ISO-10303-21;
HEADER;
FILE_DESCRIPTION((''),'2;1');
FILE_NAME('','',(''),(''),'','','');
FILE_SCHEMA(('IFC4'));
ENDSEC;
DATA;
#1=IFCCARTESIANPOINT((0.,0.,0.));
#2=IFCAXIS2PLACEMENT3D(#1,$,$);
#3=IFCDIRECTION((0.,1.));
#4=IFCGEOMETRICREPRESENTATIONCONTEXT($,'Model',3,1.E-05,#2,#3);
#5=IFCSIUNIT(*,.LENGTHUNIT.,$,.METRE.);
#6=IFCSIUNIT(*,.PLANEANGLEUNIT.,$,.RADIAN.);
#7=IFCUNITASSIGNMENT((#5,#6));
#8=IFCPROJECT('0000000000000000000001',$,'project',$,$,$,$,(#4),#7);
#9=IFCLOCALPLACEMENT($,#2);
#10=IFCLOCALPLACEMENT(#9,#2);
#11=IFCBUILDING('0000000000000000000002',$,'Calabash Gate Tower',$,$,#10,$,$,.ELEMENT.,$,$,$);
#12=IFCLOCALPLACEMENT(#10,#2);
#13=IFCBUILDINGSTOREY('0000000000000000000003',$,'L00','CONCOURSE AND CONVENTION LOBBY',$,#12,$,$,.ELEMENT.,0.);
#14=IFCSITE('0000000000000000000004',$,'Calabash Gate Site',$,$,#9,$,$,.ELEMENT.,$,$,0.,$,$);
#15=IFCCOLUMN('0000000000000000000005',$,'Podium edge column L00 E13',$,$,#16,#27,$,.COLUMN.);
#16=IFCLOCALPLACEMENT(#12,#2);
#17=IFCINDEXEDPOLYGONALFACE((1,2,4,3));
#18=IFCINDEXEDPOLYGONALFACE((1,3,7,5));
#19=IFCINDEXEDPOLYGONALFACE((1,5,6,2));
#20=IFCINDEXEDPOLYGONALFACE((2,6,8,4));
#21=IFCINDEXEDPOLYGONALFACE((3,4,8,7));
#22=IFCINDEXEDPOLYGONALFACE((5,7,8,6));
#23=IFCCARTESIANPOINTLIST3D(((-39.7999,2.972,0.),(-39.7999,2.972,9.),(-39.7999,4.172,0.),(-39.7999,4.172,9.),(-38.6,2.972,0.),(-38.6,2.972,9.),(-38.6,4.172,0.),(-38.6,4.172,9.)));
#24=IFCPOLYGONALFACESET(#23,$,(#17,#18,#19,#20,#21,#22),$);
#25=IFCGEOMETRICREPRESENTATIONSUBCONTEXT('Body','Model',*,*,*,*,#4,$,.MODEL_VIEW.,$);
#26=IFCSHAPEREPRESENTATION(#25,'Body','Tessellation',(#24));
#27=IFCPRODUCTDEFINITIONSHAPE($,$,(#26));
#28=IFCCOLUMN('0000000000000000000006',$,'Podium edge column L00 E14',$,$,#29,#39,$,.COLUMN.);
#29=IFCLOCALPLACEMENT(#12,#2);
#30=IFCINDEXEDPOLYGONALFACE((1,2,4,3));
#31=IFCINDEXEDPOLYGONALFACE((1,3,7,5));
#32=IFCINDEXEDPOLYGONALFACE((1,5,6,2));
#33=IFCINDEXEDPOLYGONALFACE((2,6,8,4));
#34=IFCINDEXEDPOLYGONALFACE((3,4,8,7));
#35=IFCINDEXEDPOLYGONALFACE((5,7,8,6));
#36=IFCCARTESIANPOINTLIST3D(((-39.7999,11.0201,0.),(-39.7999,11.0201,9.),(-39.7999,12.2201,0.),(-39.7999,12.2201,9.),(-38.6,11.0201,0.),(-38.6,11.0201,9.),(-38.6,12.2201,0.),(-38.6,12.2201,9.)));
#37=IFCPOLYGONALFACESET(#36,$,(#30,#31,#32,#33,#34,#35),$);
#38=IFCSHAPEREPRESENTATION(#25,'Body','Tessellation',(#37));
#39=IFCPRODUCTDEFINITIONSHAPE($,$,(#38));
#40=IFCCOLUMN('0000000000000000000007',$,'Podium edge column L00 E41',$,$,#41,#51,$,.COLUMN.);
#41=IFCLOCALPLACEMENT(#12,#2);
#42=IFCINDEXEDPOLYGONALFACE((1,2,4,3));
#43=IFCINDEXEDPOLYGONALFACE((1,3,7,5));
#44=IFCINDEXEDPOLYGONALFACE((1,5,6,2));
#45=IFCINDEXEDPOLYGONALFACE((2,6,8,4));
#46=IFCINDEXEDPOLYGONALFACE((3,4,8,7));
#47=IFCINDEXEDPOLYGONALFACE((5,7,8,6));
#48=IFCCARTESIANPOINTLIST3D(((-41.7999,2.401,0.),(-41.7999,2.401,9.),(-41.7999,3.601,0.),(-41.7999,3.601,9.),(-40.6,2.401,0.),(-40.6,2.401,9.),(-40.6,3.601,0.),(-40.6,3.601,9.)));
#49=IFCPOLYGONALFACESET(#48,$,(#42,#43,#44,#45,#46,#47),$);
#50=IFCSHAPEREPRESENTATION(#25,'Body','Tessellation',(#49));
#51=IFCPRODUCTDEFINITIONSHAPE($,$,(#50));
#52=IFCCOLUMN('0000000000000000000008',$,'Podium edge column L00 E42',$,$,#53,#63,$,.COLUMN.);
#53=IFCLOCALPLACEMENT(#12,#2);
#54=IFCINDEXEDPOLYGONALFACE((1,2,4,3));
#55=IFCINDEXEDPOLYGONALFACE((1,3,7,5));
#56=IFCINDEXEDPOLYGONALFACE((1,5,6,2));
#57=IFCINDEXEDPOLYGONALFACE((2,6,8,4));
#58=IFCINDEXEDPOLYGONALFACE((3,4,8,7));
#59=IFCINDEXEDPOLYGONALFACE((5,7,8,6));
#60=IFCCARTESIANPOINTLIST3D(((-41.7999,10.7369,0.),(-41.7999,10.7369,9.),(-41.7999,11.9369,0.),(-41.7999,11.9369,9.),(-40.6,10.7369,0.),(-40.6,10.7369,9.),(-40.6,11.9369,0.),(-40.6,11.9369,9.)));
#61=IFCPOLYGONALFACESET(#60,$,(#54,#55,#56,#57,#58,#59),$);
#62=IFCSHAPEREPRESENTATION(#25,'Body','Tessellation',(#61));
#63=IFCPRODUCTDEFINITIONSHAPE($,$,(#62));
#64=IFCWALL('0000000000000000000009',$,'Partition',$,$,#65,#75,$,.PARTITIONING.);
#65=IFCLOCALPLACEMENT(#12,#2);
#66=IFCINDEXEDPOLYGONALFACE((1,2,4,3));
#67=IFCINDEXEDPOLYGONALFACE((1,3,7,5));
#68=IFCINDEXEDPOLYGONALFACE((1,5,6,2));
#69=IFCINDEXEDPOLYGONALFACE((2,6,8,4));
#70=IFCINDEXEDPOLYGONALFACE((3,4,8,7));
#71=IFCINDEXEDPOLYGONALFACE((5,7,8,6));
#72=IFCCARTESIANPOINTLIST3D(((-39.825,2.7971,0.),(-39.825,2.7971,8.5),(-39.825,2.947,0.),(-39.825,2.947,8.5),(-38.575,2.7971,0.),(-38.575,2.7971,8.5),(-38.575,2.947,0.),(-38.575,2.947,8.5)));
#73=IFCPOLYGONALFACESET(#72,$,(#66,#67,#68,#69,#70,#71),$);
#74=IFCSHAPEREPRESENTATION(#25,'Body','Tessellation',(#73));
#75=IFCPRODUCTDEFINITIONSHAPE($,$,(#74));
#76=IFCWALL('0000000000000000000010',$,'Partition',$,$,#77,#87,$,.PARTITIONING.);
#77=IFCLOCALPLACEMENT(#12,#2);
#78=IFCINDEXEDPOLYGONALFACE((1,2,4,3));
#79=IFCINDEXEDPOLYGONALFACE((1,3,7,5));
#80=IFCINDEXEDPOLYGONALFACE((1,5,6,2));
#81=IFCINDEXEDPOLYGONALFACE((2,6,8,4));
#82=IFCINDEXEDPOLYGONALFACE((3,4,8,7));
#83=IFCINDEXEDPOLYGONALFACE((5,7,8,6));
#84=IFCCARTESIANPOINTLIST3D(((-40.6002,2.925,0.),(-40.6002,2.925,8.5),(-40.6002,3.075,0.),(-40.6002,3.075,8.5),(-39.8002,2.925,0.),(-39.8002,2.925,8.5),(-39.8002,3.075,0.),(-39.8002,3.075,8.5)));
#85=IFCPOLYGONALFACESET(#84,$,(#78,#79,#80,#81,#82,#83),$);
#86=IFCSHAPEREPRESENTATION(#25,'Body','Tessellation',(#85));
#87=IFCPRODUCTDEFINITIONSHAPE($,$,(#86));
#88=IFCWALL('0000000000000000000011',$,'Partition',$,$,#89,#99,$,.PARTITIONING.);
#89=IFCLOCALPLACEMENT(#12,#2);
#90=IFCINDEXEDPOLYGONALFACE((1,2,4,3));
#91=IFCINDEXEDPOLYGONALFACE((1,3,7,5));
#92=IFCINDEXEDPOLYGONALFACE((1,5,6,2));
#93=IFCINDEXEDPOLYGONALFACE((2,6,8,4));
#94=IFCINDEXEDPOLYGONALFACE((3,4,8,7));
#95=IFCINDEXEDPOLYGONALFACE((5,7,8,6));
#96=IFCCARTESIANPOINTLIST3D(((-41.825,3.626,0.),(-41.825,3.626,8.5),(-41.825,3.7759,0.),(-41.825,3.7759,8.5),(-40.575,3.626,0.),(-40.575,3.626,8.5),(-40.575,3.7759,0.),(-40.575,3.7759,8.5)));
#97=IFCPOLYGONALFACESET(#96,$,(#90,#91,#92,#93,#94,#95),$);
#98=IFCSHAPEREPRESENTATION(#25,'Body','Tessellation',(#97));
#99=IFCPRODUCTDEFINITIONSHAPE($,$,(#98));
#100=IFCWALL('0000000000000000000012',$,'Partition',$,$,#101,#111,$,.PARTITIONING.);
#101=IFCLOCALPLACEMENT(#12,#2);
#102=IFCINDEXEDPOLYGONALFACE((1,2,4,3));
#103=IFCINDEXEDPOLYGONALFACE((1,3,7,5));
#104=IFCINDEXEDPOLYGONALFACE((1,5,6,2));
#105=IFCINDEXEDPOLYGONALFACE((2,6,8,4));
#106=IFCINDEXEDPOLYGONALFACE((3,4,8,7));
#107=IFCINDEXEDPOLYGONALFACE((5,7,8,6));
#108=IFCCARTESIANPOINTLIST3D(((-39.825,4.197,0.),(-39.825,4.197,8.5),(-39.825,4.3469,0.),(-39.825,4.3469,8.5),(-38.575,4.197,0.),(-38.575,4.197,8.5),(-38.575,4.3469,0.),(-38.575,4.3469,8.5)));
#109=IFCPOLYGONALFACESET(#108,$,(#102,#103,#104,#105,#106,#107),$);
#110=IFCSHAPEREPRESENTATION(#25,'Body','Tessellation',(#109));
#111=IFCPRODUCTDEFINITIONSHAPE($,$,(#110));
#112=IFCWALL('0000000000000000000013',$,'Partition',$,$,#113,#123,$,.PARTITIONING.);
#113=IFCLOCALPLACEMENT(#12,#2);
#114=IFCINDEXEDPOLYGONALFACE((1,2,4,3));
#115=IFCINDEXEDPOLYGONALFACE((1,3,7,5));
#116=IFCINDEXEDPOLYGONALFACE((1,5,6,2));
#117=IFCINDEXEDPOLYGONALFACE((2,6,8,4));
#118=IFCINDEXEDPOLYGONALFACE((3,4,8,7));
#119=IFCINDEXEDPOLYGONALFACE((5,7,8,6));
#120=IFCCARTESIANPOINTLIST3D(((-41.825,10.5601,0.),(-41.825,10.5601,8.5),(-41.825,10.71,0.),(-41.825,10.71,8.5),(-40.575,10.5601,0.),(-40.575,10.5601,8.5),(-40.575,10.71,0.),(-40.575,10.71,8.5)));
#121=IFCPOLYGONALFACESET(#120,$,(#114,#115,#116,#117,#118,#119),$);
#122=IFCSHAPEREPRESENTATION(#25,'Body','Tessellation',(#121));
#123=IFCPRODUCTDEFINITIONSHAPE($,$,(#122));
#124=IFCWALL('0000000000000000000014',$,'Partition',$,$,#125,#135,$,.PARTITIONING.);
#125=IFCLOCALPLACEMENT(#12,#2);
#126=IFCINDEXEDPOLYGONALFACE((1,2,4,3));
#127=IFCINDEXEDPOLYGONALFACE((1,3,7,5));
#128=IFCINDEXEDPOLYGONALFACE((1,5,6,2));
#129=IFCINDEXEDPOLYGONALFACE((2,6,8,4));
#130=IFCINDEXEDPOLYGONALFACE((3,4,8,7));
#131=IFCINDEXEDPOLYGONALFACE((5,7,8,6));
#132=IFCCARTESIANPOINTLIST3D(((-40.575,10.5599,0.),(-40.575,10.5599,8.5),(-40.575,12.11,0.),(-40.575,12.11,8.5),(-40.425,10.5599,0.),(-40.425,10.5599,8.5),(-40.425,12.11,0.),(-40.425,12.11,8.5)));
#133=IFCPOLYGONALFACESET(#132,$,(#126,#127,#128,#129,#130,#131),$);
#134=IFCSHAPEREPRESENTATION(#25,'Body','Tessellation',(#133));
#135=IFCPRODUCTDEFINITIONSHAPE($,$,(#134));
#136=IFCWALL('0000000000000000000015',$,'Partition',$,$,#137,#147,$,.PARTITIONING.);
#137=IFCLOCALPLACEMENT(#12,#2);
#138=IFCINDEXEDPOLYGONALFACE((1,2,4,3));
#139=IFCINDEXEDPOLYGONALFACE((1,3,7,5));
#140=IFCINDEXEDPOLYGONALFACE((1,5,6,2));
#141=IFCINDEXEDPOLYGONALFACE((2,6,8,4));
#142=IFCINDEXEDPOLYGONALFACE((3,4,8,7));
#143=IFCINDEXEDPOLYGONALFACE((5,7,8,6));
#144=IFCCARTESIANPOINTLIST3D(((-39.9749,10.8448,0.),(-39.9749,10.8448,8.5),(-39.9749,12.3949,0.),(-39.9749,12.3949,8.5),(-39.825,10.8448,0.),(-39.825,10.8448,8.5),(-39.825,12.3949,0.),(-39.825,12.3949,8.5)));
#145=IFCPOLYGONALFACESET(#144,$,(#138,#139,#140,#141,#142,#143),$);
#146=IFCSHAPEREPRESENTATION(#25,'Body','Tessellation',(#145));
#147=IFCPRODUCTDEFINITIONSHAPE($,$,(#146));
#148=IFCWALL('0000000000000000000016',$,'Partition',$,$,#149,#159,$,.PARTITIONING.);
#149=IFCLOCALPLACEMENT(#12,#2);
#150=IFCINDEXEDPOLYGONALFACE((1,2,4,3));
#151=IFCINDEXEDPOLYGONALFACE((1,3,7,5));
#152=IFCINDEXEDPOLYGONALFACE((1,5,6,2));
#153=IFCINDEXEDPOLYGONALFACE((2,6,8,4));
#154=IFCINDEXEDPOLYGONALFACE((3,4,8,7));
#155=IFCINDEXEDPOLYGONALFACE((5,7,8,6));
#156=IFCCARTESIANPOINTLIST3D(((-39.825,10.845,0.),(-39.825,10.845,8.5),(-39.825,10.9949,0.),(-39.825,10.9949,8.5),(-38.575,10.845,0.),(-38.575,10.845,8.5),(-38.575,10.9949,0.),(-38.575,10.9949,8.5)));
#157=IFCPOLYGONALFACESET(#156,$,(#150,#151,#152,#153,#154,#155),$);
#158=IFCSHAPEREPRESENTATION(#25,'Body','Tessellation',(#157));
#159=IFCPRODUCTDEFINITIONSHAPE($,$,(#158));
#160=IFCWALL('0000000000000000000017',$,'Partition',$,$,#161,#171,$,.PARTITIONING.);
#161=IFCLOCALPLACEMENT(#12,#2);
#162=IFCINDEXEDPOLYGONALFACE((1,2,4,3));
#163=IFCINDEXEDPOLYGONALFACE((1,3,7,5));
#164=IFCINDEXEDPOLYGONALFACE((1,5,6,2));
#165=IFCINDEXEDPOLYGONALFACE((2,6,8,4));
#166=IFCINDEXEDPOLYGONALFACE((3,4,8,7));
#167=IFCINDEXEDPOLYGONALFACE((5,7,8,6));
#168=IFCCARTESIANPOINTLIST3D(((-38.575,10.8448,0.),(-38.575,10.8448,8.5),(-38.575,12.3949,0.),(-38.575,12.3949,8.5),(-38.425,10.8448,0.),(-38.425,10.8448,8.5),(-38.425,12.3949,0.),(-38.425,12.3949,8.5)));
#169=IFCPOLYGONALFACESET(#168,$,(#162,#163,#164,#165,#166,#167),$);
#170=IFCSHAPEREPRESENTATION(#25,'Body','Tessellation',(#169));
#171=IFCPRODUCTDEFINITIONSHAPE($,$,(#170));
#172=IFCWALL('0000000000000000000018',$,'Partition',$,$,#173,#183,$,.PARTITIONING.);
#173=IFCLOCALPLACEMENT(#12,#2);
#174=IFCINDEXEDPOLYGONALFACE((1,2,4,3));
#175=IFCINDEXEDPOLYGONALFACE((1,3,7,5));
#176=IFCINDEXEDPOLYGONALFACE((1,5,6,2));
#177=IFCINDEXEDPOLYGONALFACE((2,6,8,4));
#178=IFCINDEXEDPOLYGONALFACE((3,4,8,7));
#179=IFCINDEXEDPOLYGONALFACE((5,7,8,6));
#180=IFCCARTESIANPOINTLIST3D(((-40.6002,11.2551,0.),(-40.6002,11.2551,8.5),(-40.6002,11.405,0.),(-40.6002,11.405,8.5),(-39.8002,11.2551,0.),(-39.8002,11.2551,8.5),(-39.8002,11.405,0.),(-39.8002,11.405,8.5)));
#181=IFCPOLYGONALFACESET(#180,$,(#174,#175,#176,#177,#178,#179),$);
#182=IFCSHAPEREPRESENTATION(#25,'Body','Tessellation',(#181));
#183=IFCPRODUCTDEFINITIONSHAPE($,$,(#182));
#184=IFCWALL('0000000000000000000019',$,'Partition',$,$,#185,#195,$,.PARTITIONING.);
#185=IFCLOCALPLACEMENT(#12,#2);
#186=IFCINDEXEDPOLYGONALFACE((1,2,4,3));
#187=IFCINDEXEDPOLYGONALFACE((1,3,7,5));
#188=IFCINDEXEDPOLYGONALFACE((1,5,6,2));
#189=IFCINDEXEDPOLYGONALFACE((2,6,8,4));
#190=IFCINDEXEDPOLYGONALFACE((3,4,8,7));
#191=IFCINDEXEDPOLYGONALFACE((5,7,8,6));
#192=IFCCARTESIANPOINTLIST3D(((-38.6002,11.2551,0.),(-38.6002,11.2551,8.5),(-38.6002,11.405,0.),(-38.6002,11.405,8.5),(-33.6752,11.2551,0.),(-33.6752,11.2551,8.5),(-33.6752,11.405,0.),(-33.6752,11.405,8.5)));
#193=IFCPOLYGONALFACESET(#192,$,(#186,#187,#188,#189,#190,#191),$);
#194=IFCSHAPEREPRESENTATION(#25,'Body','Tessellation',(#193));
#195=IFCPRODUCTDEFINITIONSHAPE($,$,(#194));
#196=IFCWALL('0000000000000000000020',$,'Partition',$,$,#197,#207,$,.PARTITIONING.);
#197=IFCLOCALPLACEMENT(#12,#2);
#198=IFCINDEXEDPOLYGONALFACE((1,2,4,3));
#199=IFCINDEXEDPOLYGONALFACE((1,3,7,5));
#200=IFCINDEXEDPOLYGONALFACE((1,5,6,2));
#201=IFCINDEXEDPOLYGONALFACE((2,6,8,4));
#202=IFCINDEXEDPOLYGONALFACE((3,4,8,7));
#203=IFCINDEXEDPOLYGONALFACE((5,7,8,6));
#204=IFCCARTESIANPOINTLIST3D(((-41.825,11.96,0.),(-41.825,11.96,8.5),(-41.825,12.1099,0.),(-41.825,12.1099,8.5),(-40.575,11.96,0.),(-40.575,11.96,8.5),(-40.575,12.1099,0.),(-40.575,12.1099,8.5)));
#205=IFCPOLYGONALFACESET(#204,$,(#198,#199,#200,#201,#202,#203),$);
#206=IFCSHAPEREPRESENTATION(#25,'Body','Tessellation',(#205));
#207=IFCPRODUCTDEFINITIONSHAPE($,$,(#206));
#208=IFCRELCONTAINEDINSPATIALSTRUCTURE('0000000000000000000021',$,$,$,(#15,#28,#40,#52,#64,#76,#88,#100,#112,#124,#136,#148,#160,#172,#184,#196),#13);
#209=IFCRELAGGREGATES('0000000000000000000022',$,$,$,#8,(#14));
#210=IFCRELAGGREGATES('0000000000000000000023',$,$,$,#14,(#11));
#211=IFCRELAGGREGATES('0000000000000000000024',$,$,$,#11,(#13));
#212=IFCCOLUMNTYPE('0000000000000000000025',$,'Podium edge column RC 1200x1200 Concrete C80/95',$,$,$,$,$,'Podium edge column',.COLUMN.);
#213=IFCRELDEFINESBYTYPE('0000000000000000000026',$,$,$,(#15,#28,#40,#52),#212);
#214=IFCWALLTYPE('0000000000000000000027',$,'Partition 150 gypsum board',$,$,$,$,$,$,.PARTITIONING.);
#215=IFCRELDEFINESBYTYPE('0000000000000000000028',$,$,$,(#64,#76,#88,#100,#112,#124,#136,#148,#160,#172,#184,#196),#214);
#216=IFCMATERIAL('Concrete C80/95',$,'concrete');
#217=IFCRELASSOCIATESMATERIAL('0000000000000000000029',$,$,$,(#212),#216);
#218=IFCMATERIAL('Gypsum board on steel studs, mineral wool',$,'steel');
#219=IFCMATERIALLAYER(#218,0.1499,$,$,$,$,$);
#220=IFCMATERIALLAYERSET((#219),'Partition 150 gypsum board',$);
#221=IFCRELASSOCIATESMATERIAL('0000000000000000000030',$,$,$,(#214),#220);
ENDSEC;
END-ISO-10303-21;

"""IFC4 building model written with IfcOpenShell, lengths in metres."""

from ifc_helpers import new_model, si_unit, direction, frame, frame_2d, origin, origin_2d, place, context, subcontext, project, spatial, rectangle, extrude, material, layer, layer_set, material_profile, profile_set, type_object, element, save


model = new_model("IFC4")

# Units and contexts
model_context = context("Model", 3, precision=1e-05, world=origin(), true_north=direction((0.0, 1.0)))
body_context = subcontext(model_context, "Body", "Model", "MODEL_VIEW")
ifc_project = project(units=[si_unit("LENGTHUNIT", "METRE"), si_unit("PLANEANGLEUNIT", "RADIAN")], contexts=[model_context])

# Site, building, storey
site_placement = place(None, origin())
site = spatial("IfcSite", under=ifc_project, at=site_placement, Name="Calabash Gate Site", CompositionType="ELEMENT", RefElevation=0.0)
building_placement = place(site_placement, origin())
building = spatial("IfcBuilding", under=site, at=building_placement, Name="Calabash Gate Tower", CompositionType="ELEMENT")
storey_placement = place(building_placement, origin())
storey = spatial("IfcBuildingStorey", under=building, at=storey_placement, Name="L00", Description="CONCOURSE AND CONVENTION LOBBY", CompositionType="ELEMENT", Elevation=0.0)

# Columns
ifc_material_1 = material(Name="Concrete C80/95", Category="concrete")
ifc_material_profile = material_profile(ifc_material_1, rectangle(XDim=1.2, YDim=1.2, at=origin_2d()))
ifc_profile_set = profile_set([ifc_material_profile], Name="Concrete C80/95")
column_type = type_object("IfcColumnType", Name="Podium edge column RC 1200x1200 Concrete C80/95", ElementType="Podium edge column", PredefinedType="COLUMN", material=ifc_profile_set)
for number, where, z_axis, x_axis, name in (
    (1, (-39.2, 3.572, 0.0), (0.0, 0.0, 1.0), (1.0, 0.0, 0.0), "Podium edge column L00 E13"),
    (2, (-39.2, 11.6201, 0.0), (0.0, 0.0, 1.0), (1.0, 0.0, 0.0), "Podium edge column L00 E14"),
    (3, (-41.2, 3.001, 0.0), (0.0, 0.0, 1.0), (1.0, 0.0, 0.0), "Podium edge column L00 E41"),
    (4, (-41.2, 11.3369, 0.0), (0.0, 0.0, 1.0), (1.0, 0.0, 0.0), "Podium edge column L00 E42"),
):
    element("IfcColumn", number, at=place(storey_placement, frame(where, z_axis=z_axis, x_axis=x_axis)), inside=storey, type_object=column_type, Name=name, PredefinedType="COLUMN", context=body_context, shape_type="SweptSolid", body=[
        extrude(rectangle(XDim=1.2, YDim=1.2, at=origin_2d()), origin(), (0.0, 0.0, 1.0), 9.0),
    ])

# Walls
ifc_material_2 = material(Name="Gypsum board on steel studs, mineral wool", Category="steel")
ifc_layer_1 = layer(ifc_material_2, 0.1499)
ifc_layer_set_1 = layer_set([ifc_layer_1], Name="Partition 150 gypsum board")
wall_type_1 = type_object("IfcWallType", Name="Partition 150 gypsum board", PredefinedType="PARTITIONING", material=ifc_layer_set_1)
wall_1_placement = place(storey_placement, frame((-39.825, 2.8721, 0.0), z_axis=(0.0, 0.0, 1.0), x_axis=(1.0, 0.0, 0.0)))
element("IfcWall", 5, at=wall_1_placement, inside=storey, type_object=wall_type_1, Name="Partition", PredefinedType="PARTITIONING", context=body_context, shape_type="SweptSolid", body=[
    extrude(rectangle(XDim=1.25, YDim=0.1499, at=frame_2d((0.625, 0.0))), origin(), (0.0, 0.0, 1.0), 8.5),
])
wall_2_placement = place(storey_placement, frame((-40.6001, 3.0, 0.0), z_axis=(0.0, 0.0, 1.0), x_axis=(1.0, 0.0, 0.0)))
element("IfcWall", 6, at=wall_2_placement, inside=storey, type_object=wall_type_1, Name="Partition", PredefinedType="PARTITIONING", context=body_context, shape_type="SweptSolid", body=[
    extrude(rectangle(XDim=0.8, YDim=0.1499, at=frame_2d((0.3999, 0.0))), origin(), (0.0, 0.0, 1.0), 8.5),
])
for number, where, z_axis, x_axis, name in (
    (7, (-41.825, 3.7009, 0.0), (0.0, 0.0, 1.0), (1.0, 0.0, 0.0), "Partition"),
    (8, (-39.825, 4.272, 0.0), (0.0, 0.0, 1.0), (1.0, 0.0, 0.0), "Partition"),
    (9, (-41.825, 10.635, 0.0), (0.0, 0.0, 1.0), (1.0, 0.0, 0.0), "Partition"),
):
    element("IfcWall", number, at=place(storey_placement, frame(where, z_axis=z_axis, x_axis=x_axis)), inside=storey, type_object=wall_type_1, Name=name, PredefinedType="PARTITIONING", context=body_context, shape_type="SweptSolid", body=[
        extrude(rectangle(XDim=1.25, YDim=0.1499, at=frame_2d((0.625, 0.0))), origin(), (0.0, 0.0, 1.0), 8.5),
    ])
for number, where, z_axis, x_axis, name in (
    (10, (-40.5, 10.5601, 0.0), (0.0, 0.0, 1.0), (0.0, 1.0, 0.0), "Partition"),
    (11, (-39.8999, 10.845, 0.0), (0.0, 0.0, 1.0), (0.0, 1.0, 0.0), "Partition"),
):
    element("IfcWall", number, at=place(storey_placement, frame(where, z_axis=z_axis, x_axis=x_axis)), inside=storey, type_object=wall_type_1, Name=name, PredefinedType="PARTITIONING", context=body_context, shape_type="SweptSolid", body=[
        extrude(rectangle(XDim=1.55, YDim=0.1499, at=frame_2d((0.7749, 0.0))), origin(), (0.0, 0.0, 1.0), 8.5),
    ])
wall_3_placement = place(storey_placement, frame((-39.825, 10.9199, 0.0), z_axis=(0.0, 0.0, 1.0), x_axis=(1.0, 0.0, 0.0)))
element("IfcWall", 12, at=wall_3_placement, inside=storey, type_object=wall_type_1, Name="Partition", PredefinedType="PARTITIONING", context=body_context, shape_type="SweptSolid", body=[
    extrude(rectangle(XDim=1.25, YDim=0.1499, at=frame_2d((0.625, 0.0))), origin(), (0.0, 0.0, 1.0), 8.5),
])
wall_4_placement = place(storey_placement, frame((-38.5, 10.845, 0.0), z_axis=(0.0, 0.0, 1.0), x_axis=(0.0, 1.0, 0.0)))
element("IfcWall", 13, at=wall_4_placement, inside=storey, type_object=wall_type_1, Name="Partition", PredefinedType="PARTITIONING", context=body_context, shape_type="SweptSolid", body=[
    extrude(rectangle(XDim=1.55, YDim=0.1499, at=frame_2d((0.7749, 0.0))), origin(), (0.0, 0.0, 1.0), 8.5),
])
wall_5_placement = place(storey_placement, frame((-40.6001, 11.3301, 0.0), z_axis=(0.0, 0.0, 1.0), x_axis=(1.0, 0.0, 0.0)))
element("IfcWall", 14, at=wall_5_placement, inside=storey, type_object=wall_type_1, Name="Partition", PredefinedType="PARTITIONING", context=body_context, shape_type="SweptSolid", body=[
    extrude(rectangle(XDim=0.8, YDim=0.1499, at=frame_2d((0.3999, 0.0))), origin(), (0.0, 0.0, 1.0), 8.5),
])
wall_6_placement = place(storey_placement, frame((-38.6001, 11.3301, 0.0), z_axis=(0.0, 0.0, 1.0), x_axis=(1.0, 0.0, 0.0)))
element("IfcWall", 15, at=wall_6_placement, inside=storey, type_object=wall_type_1, Name="Partition", PredefinedType="PARTITIONING", context=body_context, shape_type="SweptSolid", body=[
    extrude(rectangle(XDim=4.925, YDim=0.1499, at=frame_2d((2.4624, 0.0))), origin(), (0.0, 0.0, 1.0), 8.5),
])
for number, where, z_axis, x_axis, name in (
    (16, (-41.825, 12.0349, 0.0), (0.0, 0.0, 1.0), (1.0, 0.0, 0.0), "Partition"),
):
    element("IfcWall", number, at=place(storey_placement, frame(where, z_axis=z_axis, x_axis=x_axis)), inside=storey, type_object=wall_type_1, Name=name, PredefinedType="PARTITIONING", context=body_context, shape_type="SweptSolid", body=[
        extrude(rectangle(XDim=1.25, YDim=0.1499, at=frame_2d((0.625, 0.0))), origin(), (0.0, 0.0, 1.0), 8.5),
    ])

save(model, "model.ifc")
